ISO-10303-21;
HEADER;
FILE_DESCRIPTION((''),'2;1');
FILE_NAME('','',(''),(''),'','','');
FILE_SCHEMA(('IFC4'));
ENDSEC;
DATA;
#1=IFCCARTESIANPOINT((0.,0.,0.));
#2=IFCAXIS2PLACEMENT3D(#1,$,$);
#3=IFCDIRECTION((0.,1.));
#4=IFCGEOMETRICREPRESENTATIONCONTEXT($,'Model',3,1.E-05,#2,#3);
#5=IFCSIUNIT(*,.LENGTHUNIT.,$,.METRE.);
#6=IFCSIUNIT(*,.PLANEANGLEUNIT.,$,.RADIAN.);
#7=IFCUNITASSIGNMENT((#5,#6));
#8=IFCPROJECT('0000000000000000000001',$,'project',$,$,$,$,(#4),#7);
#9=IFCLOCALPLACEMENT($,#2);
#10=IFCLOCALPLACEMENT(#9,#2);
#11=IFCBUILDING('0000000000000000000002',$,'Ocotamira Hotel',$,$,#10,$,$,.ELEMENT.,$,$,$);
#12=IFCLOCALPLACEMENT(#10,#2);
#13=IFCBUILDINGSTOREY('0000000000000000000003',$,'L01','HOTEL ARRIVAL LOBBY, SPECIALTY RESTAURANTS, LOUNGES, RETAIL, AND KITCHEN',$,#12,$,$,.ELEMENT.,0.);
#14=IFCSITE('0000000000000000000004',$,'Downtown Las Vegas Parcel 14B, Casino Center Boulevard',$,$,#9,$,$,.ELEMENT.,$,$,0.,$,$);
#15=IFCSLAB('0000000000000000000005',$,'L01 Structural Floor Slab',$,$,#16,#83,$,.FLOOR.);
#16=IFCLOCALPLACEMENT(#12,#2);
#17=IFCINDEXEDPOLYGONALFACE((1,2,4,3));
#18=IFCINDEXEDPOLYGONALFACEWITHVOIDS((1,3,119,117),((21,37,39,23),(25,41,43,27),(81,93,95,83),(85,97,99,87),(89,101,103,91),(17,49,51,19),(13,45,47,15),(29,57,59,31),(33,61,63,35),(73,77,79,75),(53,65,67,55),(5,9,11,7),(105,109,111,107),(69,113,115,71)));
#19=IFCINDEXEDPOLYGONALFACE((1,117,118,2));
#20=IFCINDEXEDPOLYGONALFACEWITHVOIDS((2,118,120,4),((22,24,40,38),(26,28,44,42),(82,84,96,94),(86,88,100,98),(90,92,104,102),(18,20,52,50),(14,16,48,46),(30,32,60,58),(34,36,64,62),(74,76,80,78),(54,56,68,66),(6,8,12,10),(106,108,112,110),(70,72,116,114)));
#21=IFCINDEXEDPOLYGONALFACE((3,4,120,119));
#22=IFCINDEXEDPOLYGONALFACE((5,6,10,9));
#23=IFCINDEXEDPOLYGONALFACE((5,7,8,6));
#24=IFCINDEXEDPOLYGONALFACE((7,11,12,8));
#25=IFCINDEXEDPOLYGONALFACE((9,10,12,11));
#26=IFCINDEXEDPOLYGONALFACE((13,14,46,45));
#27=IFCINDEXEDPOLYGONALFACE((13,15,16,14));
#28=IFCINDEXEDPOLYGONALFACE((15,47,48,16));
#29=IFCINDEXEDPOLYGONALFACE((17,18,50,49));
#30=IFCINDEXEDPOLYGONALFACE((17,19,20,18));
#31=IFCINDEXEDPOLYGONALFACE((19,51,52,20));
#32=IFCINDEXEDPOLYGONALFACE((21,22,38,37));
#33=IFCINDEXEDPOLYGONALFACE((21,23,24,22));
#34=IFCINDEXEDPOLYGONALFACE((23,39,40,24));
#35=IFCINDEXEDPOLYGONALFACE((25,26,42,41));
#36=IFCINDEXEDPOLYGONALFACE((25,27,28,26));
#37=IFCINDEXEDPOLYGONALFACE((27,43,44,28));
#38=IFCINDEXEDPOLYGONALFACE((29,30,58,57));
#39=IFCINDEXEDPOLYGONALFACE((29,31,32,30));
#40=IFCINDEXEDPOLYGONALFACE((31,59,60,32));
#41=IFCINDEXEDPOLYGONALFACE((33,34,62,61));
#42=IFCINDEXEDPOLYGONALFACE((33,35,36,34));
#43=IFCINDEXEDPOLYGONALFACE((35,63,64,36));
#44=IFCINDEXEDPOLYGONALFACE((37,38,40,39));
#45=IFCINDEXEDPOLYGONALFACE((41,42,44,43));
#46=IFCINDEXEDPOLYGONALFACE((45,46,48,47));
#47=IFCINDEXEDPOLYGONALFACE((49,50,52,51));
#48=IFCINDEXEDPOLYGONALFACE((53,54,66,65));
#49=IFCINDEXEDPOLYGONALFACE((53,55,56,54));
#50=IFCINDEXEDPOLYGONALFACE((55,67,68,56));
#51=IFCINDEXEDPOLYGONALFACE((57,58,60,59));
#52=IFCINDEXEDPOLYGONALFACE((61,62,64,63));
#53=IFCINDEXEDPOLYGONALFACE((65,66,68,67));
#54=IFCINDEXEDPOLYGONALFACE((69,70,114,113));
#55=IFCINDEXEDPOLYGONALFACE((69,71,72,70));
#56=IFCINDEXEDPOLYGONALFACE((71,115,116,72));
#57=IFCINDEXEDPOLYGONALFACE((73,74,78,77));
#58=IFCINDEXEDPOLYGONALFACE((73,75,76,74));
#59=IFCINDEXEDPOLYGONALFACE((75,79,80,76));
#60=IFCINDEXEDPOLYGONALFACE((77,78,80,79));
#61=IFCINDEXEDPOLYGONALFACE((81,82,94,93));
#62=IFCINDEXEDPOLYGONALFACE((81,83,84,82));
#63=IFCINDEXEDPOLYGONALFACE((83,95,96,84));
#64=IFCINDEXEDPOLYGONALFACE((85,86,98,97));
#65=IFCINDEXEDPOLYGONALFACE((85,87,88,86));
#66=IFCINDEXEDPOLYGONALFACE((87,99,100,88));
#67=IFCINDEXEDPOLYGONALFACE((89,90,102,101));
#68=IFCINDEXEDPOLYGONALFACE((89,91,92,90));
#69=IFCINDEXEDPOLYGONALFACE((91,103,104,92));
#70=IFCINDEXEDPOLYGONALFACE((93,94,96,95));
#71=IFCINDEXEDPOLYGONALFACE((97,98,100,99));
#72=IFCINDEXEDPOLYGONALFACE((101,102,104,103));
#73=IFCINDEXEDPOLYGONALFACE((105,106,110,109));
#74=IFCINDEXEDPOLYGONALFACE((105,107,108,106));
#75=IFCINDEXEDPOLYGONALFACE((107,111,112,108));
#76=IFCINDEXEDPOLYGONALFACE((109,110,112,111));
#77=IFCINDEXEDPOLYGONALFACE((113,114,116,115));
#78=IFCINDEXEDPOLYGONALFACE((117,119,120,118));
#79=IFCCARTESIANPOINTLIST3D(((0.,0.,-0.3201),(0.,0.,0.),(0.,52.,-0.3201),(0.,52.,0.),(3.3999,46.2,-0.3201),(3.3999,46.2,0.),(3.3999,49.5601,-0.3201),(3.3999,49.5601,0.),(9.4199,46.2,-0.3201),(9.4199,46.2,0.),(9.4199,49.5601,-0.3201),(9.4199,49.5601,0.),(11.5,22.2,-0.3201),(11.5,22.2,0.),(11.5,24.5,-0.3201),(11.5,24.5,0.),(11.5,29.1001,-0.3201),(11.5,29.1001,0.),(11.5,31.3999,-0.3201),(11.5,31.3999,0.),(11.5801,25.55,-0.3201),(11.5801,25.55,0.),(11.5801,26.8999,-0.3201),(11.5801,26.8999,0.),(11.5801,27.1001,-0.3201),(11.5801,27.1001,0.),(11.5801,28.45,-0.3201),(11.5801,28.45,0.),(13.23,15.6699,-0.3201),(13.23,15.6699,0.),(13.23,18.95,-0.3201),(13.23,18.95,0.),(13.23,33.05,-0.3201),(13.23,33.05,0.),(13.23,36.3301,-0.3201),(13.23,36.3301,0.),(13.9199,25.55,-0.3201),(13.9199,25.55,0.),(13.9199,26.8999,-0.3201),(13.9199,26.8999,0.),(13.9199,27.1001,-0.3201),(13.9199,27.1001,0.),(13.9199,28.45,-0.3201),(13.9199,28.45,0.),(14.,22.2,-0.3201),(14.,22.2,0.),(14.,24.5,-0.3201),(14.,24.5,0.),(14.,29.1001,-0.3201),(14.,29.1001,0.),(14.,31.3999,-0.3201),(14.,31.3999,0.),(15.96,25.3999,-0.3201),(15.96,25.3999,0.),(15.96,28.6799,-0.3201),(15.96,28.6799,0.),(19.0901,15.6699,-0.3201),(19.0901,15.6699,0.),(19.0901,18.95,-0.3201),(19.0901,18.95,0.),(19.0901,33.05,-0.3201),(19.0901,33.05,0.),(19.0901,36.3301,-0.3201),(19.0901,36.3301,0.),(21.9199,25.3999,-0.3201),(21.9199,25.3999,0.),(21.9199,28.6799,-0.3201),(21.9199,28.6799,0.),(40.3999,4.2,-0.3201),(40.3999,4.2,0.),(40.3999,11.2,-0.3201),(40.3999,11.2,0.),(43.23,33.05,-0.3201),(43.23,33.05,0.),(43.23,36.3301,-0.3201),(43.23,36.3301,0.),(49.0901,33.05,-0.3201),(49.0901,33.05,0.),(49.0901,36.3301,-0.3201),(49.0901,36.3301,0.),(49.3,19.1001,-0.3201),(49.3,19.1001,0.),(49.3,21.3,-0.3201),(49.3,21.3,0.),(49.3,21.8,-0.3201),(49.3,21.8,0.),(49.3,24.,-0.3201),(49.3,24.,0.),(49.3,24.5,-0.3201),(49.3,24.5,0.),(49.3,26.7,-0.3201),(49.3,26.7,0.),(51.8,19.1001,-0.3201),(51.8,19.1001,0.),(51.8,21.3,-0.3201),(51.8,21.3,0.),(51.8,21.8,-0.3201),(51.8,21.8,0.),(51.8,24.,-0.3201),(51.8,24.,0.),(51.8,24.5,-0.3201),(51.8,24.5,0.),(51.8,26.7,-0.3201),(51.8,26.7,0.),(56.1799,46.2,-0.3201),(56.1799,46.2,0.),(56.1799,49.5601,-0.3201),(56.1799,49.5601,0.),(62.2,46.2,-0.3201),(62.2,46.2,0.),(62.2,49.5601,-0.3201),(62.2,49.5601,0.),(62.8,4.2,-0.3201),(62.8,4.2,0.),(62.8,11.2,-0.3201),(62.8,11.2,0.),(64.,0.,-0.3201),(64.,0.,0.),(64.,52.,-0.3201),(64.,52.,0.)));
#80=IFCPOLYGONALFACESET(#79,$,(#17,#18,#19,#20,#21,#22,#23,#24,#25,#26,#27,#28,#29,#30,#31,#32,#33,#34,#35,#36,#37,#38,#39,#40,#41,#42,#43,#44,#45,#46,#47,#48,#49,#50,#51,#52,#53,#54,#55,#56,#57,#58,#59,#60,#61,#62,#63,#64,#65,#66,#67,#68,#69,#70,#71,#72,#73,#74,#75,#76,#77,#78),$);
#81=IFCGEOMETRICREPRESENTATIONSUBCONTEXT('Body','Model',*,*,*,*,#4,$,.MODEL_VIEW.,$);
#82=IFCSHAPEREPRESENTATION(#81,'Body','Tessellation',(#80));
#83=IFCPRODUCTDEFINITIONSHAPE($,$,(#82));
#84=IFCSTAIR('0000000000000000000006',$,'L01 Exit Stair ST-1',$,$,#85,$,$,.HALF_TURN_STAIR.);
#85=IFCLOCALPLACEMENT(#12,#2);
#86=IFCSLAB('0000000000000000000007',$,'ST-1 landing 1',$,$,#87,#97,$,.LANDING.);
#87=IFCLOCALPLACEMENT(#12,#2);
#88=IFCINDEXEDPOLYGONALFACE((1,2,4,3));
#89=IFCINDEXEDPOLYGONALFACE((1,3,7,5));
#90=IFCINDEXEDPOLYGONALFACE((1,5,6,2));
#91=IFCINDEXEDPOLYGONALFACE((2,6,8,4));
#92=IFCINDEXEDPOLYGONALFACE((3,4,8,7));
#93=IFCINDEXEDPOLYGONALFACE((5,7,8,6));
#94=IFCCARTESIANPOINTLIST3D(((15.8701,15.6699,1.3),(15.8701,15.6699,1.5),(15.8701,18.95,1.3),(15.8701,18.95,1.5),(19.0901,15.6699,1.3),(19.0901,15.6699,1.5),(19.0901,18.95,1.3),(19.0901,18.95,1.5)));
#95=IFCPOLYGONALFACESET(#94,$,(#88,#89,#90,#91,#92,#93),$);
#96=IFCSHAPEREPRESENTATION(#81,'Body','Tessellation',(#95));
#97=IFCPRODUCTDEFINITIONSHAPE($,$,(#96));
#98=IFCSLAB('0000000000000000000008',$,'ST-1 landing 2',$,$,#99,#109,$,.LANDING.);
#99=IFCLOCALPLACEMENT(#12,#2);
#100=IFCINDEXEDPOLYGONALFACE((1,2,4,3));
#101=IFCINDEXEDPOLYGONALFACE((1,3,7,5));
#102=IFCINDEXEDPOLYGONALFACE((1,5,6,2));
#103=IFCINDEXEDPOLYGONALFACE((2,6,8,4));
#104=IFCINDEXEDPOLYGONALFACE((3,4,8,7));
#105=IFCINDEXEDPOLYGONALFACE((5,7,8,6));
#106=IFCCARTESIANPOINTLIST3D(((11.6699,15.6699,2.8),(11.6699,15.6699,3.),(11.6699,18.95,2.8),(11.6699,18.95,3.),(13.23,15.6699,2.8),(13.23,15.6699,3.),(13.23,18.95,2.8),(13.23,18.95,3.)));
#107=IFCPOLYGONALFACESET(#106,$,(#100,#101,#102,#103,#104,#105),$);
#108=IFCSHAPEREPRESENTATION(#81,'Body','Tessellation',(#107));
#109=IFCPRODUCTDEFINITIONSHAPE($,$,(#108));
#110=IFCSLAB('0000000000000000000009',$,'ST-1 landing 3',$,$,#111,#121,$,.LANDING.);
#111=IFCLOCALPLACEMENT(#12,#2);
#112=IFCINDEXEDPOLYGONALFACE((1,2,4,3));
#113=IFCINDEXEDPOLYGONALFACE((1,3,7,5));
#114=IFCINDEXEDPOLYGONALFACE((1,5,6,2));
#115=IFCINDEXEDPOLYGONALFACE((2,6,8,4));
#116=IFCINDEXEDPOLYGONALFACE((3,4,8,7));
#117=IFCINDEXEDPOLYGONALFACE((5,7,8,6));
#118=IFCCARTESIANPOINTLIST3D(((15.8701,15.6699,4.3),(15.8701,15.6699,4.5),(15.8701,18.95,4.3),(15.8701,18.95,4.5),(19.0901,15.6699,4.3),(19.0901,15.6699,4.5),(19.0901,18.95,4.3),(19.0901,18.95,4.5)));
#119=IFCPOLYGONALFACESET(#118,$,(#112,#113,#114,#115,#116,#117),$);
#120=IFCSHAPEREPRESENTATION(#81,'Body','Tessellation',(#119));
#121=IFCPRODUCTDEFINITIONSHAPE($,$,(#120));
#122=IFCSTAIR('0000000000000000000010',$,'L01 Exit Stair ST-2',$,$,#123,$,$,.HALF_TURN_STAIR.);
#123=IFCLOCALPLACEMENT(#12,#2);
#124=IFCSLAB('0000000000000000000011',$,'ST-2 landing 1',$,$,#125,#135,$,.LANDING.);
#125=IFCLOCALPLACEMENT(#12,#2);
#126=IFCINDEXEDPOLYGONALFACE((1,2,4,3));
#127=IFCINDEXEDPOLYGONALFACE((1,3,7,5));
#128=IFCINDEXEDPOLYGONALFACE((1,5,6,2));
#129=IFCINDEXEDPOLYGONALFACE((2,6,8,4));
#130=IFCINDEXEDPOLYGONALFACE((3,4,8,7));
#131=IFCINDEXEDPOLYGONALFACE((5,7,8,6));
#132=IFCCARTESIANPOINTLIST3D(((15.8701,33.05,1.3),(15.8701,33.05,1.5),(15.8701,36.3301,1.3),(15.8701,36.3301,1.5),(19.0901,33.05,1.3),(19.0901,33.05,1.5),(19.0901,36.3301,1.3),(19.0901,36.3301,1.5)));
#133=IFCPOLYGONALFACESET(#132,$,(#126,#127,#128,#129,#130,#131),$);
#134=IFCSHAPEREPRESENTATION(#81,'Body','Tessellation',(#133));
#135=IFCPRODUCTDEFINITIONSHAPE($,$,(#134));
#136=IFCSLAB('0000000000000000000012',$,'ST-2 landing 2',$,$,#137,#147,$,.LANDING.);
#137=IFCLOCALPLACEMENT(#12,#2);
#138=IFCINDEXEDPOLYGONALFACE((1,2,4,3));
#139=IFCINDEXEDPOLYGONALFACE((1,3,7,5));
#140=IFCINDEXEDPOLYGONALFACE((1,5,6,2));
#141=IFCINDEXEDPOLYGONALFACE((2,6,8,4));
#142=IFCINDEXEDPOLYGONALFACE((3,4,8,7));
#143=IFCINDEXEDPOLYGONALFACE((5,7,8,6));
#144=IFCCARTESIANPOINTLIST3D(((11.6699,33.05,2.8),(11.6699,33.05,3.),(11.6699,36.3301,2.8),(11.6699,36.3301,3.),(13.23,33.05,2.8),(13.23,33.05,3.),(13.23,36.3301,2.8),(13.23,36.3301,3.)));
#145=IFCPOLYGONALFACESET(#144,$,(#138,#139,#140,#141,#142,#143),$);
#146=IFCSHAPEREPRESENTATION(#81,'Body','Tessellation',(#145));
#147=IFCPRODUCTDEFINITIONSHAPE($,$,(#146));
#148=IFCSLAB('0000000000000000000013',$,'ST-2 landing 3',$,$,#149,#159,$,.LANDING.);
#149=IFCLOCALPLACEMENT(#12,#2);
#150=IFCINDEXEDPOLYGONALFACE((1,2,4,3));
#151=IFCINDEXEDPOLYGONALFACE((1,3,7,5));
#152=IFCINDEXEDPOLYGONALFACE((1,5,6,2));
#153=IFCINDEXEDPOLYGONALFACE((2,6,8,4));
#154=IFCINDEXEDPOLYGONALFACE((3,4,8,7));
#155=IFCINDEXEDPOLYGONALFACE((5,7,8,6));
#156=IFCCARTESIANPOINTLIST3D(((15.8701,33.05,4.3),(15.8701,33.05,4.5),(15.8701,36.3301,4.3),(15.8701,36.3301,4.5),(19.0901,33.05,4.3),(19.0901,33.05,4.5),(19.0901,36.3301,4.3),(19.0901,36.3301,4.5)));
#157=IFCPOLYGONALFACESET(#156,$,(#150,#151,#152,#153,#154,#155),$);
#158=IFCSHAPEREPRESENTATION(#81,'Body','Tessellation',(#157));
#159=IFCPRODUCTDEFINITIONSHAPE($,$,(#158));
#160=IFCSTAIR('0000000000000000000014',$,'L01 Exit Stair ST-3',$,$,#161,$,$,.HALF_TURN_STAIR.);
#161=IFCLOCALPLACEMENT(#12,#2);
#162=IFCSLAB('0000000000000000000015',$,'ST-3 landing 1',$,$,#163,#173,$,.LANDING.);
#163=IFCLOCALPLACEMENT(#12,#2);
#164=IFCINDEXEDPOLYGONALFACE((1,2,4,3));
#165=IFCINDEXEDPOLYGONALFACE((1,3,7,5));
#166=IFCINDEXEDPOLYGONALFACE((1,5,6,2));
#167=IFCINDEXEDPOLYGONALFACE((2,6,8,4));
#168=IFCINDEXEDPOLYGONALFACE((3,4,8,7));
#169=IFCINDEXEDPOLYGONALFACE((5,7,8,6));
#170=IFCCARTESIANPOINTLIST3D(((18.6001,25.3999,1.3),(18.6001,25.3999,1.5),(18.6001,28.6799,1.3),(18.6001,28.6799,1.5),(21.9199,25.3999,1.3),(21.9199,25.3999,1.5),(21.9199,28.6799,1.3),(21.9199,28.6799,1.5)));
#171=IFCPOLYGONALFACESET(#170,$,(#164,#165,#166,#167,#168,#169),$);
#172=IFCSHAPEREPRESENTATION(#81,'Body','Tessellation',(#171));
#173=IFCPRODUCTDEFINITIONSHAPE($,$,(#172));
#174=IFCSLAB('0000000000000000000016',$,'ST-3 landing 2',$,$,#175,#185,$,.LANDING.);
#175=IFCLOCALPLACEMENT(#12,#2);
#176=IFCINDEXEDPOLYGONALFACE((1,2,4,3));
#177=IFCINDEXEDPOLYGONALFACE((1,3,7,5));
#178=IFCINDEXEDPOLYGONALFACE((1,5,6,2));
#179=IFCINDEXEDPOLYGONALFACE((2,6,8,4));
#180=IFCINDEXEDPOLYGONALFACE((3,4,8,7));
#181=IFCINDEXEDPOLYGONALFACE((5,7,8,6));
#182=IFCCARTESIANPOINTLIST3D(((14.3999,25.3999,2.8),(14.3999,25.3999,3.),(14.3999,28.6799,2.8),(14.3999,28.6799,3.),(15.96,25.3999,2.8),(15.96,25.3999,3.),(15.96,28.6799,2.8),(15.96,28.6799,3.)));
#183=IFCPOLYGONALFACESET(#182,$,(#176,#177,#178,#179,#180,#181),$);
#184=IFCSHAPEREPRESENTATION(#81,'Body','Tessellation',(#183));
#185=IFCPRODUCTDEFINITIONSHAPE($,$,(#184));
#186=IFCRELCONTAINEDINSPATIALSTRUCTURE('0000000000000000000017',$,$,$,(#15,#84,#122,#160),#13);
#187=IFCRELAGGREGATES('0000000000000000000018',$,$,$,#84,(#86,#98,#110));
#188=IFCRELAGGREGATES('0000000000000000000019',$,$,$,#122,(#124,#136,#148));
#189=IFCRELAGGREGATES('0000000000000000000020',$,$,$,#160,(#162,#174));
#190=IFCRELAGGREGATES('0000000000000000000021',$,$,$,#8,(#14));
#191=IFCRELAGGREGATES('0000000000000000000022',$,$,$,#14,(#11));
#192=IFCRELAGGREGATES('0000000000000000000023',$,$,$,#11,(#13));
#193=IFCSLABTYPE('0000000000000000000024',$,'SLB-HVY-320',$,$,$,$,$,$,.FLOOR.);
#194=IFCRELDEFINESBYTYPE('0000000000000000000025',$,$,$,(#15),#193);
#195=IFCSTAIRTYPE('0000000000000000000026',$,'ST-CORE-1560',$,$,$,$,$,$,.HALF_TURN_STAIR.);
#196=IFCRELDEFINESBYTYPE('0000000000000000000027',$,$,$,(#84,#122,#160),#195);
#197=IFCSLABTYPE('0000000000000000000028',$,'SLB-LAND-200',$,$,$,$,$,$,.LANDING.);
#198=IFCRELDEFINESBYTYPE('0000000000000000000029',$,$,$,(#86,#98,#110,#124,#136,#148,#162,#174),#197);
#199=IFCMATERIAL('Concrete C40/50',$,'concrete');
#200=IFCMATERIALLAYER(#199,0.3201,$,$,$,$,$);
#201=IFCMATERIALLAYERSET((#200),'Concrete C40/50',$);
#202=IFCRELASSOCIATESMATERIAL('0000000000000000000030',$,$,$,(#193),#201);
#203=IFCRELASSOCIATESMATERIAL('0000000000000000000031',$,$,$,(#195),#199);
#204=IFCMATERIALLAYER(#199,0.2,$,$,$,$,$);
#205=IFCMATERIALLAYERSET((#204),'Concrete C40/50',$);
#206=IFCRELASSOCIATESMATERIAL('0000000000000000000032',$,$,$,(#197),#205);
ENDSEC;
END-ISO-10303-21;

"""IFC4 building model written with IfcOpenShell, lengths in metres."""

from ifc_helpers import new_model, si_unit, direction, frame, origin, place, context, subcontext, project, spatial, polyline, outline, extrude, material, layer, layer_set, type_object, element, aggregate, save


model = new_model("IFC4")

# Units and contexts
model_context = context("Model", 3, precision=1e-05, world=origin(), true_north=direction((0.0, 1.0)))
body_context = subcontext(model_context, "Body", "Model", "MODEL_VIEW")
ifc_project = project(units=[si_unit("LENGTHUNIT", "METRE"), si_unit("PLANEANGLEUNIT", "RADIAN")], contexts=[model_context])

# Site, building, storey
site_placement = place(None, origin())
site = spatial("IfcSite", under=ifc_project, at=site_placement, Name="Downtown Las Vegas Parcel 14B, Casino Center Boulevard", CompositionType="ELEMENT", RefElevation=0.0)
building_placement = place(site_placement, origin())
building = spatial("IfcBuilding", under=site, at=building_placement, Name="Ocotamira Hotel", CompositionType="ELEMENT")
storey_placement = place(building_placement, origin())
storey = spatial("IfcBuildingStorey", under=building, at=storey_placement, Name="L01", Description="HOTEL ARRIVAL LOBBY, SPECIALTY RESTAURANTS, LOUNGES, RETAIL, AND KITCHEN", CompositionType="ELEMENT", Elevation=0.0)

# Slab
ifc_material = material(Name="Concrete C40/50", Category="concrete")
ifc_layer_1 = layer(ifc_material, 0.3201)
ifc_layer_set_1 = layer_set([ifc_layer_1], Name="Concrete C40/50")
slab_type_1 = type_object("IfcSlabType", Name="SLB-HVY-320", PredefinedType="FLOOR", material=ifc_layer_set_1)
slab_1_placement = place(storey_placement, frame((0.0, 0.0, -0.3201)))
element("IfcSlab", 1, at=slab_1_placement, inside=storey, type_object=slab_type_1, Name="L01 Structural Floor Slab", PredefinedType="FLOOR", context=body_context, shape_type="SweptSolid", body=[
    extrude(outline(polyline([(0.0, 0.0), (64.0, 0.0), (64.0, 52.0), (0.0, 52.0), (0.0, 0.0)]), holes=[polyline([(13.23, 15.6699), (19.0901, 15.6699), (19.0901, 18.95), (13.23, 18.95), (13.23, 15.6699)]), polyline([(13.23, 33.05), (19.0901, 33.05), (19.0901, 36.3301), (13.23, 36.3301), (13.23, 33.05)]), polyline([(15.96, 25.3999), (21.9199, 25.3999), (21.9199, 28.6799), (15.96, 28.6799), (15.96, 25.3999)]), polyline([(43.23, 33.05), (49.0901, 33.05), (49.0901, 36.3301), (43.23, 36.3301), (43.23, 33.05)]), polyline([(3.3999, 46.2), (9.4199, 46.2), (9.4199, 49.5601), (3.3999, 49.5601), (3.3999, 46.2)]), polyline([(56.1799, 46.2), (62.2, 46.2), (62.2, 49.5601), (56.1799, 49.5601), (56.1799, 46.2)]), polyline([(49.3, 19.1001), (51.8, 19.1001), (51.8, 21.3), (49.3, 21.3), (49.3, 19.1001)]), polyline([(49.3, 21.8), (51.8, 21.8), (51.8, 24.0), (49.3, 24.0), (49.3, 21.8)]), polyline([(49.3, 24.5), (51.8, 24.5), (51.8, 26.7), (49.3, 26.7), (49.3, 24.5)]), polyline([(11.5, 22.2), (14.0, 22.2), (14.0, 24.5), (11.5, 24.5), (11.5, 22.2)]), polyline([(11.5, 29.1001), (14.0, 29.1001), (14.0, 31.3999), (11.5, 31.3999), (11.5, 29.1001)]), polyline([(11.5801, 25.55), (13.9199, 25.55), (13.9199, 26.8999), (11.5801, 26.8999), (11.5801, 25.55)]), polyline([(11.5801, 27.1001), (13.9199, 27.1001), (13.9199, 28.45), (11.5801, 28.45), (11.5801, 27.1001)]), polyline([(40.3999, 4.2), (62.8, 4.2), (62.8, 11.2), (40.3999, 11.2), (40.3999, 4.2)])]), origin(), (0.0, 0.0, 1.0), 0.3201),
])

# Stairs, slabs
stair_type_1 = type_object("IfcStairType", Name="ST-CORE-1560", PredefinedType="HALF_TURN_STAIR", material=ifc_material)
stair_1_placement = place(storey_placement, origin())
stair_1 = element("IfcStair", 2, at=stair_1_placement, inside=storey, type_object=stair_type_1, Name="L01 Exit Stair ST-1", PredefinedType="HALF_TURN_STAIR")
ifc_layer_2 = layer(ifc_material, 0.2)
ifc_layer_set_2 = layer_set([ifc_layer_2], Name="Concrete C40/50")
slab_type_2 = type_object("IfcSlabType", Name="SLB-LAND-200", PredefinedType="LANDING", material=ifc_layer_set_2)
slab_2_placement = place(storey_placement, frame((0.0, 0.0, 1.3)))
slab_2 = element("IfcSlab", 3, at=slab_2_placement, type_object=slab_type_2, Name="ST-1 landing 1", PredefinedType="LANDING", context=body_context, shape_type="SweptSolid", body=[
    extrude(outline(polyline([(15.8701, 15.6699), (19.0901, 15.6699), (19.0901, 18.95), (15.8701, 18.95), (15.8701, 15.6699)])), origin(), (0.0, 0.0, 1.0), 0.2),
])
slab_3_placement = place(storey_placement, frame((0.0, 0.0, 2.8)))
slab_3 = element("IfcSlab", 4, at=slab_3_placement, type_object=slab_type_2, Name="ST-1 landing 2", PredefinedType="LANDING", context=body_context, shape_type="SweptSolid", body=[
    extrude(outline(polyline([(11.6699, 15.6699), (13.23, 15.6699), (13.23, 18.95), (11.6699, 18.95), (11.6699, 15.6699)])), origin(), (0.0, 0.0, 1.0), 0.2),
])
slab_4_placement = place(storey_placement, frame((0.0, 0.0, 4.3)))
slab_4 = element("IfcSlab", 5, at=slab_4_placement, type_object=slab_type_2, Name="ST-1 landing 3", PredefinedType="LANDING", context=body_context, shape_type="SweptSolid", body=[
    extrude(outline(polyline([(15.8701, 15.6699), (19.0901, 15.6699), (19.0901, 18.95), (15.8701, 18.95), (15.8701, 15.6699)])), origin(), (0.0, 0.0, 1.0), 0.2),
])
aggregate(stair_1, [slab_2, slab_3, slab_4])
stair_2_placement = place(storey_placement, origin())
stair_2 = element("IfcStair", 6, at=stair_2_placement, inside=storey, type_object=stair_type_1, Name="L01 Exit Stair ST-2", PredefinedType="HALF_TURN_STAIR")
slab_5_placement = place(storey_placement, frame((0.0, 0.0, 1.3)))
slab_5 = element("IfcSlab", 7, at=slab_5_placement, type_object=slab_type_2, Name="ST-2 landing 1", PredefinedType="LANDING", context=body_context, shape_type="SweptSolid", body=[
    extrude(outline(polyline([(15.8701, 33.05), (19.0901, 33.05), (19.0901, 36.3301), (15.8701, 36.3301), (15.8701, 33.05)])), origin(), (0.0, 0.0, 1.0), 0.2),
])
slab_6_placement = place(storey_placement, frame((0.0, 0.0, 2.8)))
slab_6 = element("IfcSlab", 8, at=slab_6_placement, type_object=slab_type_2, Name="ST-2 landing 2", PredefinedType="LANDING", context=body_context, shape_type="SweptSolid", body=[
    extrude(outline(polyline([(11.6699, 33.05), (13.23, 33.05), (13.23, 36.3301), (11.6699, 36.3301), (11.6699, 33.05)])), origin(), (0.0, 0.0, 1.0), 0.2),
])
slab_7_placement = place(storey_placement, frame((0.0, 0.0, 4.3)))
slab_7 = element("IfcSlab", 9, at=slab_7_placement, type_object=slab_type_2, Name="ST-2 landing 3", PredefinedType="LANDING", context=body_context, shape_type="SweptSolid", body=[
    extrude(outline(polyline([(15.8701, 33.05), (19.0901, 33.05), (19.0901, 36.3301), (15.8701, 36.3301), (15.8701, 33.05)])), origin(), (0.0, 0.0, 1.0), 0.2),
])
aggregate(stair_2, [slab_5, slab_6, slab_7])
stair_3_placement = place(storey_placement, origin())
stair_3 = element("IfcStair", 10, at=stair_3_placement, inside=storey, type_object=stair_type_1, Name="L01 Exit Stair ST-3", PredefinedType="HALF_TURN_STAIR")
slab_8_placement = place(storey_placement, frame((0.0, 0.0, 1.3)))
slab_8 = element("IfcSlab", 11, at=slab_8_placement, type_object=slab_type_2, Name="ST-3 landing 1", PredefinedType="LANDING", context=body_context, shape_type="SweptSolid", body=[
    extrude(outline(polyline([(18.6001, 25.3999), (21.9199, 25.3999), (21.9199, 28.6799), (18.6001, 28.6799), (18.6001, 25.3999)])), origin(), (0.0, 0.0, 1.0), 0.2),
])
slab_9_placement = place(storey_placement, frame((0.0, 0.0, 2.8)))
slab_9 = element("IfcSlab", 12, at=slab_9_placement, type_object=slab_type_2, Name="ST-3 landing 2", PredefinedType="LANDING", context=body_context, shape_type="SweptSolid", body=[
    extrude(outline(polyline([(14.3999, 25.3999), (15.96, 25.3999), (15.96, 28.6799), (14.3999, 28.6799), (14.3999, 25.3999)])), origin(), (0.0, 0.0, 1.0), 0.2),
])
aggregate(stair_3, [slab_8, slab_9])

save(model, "model.ifc")
